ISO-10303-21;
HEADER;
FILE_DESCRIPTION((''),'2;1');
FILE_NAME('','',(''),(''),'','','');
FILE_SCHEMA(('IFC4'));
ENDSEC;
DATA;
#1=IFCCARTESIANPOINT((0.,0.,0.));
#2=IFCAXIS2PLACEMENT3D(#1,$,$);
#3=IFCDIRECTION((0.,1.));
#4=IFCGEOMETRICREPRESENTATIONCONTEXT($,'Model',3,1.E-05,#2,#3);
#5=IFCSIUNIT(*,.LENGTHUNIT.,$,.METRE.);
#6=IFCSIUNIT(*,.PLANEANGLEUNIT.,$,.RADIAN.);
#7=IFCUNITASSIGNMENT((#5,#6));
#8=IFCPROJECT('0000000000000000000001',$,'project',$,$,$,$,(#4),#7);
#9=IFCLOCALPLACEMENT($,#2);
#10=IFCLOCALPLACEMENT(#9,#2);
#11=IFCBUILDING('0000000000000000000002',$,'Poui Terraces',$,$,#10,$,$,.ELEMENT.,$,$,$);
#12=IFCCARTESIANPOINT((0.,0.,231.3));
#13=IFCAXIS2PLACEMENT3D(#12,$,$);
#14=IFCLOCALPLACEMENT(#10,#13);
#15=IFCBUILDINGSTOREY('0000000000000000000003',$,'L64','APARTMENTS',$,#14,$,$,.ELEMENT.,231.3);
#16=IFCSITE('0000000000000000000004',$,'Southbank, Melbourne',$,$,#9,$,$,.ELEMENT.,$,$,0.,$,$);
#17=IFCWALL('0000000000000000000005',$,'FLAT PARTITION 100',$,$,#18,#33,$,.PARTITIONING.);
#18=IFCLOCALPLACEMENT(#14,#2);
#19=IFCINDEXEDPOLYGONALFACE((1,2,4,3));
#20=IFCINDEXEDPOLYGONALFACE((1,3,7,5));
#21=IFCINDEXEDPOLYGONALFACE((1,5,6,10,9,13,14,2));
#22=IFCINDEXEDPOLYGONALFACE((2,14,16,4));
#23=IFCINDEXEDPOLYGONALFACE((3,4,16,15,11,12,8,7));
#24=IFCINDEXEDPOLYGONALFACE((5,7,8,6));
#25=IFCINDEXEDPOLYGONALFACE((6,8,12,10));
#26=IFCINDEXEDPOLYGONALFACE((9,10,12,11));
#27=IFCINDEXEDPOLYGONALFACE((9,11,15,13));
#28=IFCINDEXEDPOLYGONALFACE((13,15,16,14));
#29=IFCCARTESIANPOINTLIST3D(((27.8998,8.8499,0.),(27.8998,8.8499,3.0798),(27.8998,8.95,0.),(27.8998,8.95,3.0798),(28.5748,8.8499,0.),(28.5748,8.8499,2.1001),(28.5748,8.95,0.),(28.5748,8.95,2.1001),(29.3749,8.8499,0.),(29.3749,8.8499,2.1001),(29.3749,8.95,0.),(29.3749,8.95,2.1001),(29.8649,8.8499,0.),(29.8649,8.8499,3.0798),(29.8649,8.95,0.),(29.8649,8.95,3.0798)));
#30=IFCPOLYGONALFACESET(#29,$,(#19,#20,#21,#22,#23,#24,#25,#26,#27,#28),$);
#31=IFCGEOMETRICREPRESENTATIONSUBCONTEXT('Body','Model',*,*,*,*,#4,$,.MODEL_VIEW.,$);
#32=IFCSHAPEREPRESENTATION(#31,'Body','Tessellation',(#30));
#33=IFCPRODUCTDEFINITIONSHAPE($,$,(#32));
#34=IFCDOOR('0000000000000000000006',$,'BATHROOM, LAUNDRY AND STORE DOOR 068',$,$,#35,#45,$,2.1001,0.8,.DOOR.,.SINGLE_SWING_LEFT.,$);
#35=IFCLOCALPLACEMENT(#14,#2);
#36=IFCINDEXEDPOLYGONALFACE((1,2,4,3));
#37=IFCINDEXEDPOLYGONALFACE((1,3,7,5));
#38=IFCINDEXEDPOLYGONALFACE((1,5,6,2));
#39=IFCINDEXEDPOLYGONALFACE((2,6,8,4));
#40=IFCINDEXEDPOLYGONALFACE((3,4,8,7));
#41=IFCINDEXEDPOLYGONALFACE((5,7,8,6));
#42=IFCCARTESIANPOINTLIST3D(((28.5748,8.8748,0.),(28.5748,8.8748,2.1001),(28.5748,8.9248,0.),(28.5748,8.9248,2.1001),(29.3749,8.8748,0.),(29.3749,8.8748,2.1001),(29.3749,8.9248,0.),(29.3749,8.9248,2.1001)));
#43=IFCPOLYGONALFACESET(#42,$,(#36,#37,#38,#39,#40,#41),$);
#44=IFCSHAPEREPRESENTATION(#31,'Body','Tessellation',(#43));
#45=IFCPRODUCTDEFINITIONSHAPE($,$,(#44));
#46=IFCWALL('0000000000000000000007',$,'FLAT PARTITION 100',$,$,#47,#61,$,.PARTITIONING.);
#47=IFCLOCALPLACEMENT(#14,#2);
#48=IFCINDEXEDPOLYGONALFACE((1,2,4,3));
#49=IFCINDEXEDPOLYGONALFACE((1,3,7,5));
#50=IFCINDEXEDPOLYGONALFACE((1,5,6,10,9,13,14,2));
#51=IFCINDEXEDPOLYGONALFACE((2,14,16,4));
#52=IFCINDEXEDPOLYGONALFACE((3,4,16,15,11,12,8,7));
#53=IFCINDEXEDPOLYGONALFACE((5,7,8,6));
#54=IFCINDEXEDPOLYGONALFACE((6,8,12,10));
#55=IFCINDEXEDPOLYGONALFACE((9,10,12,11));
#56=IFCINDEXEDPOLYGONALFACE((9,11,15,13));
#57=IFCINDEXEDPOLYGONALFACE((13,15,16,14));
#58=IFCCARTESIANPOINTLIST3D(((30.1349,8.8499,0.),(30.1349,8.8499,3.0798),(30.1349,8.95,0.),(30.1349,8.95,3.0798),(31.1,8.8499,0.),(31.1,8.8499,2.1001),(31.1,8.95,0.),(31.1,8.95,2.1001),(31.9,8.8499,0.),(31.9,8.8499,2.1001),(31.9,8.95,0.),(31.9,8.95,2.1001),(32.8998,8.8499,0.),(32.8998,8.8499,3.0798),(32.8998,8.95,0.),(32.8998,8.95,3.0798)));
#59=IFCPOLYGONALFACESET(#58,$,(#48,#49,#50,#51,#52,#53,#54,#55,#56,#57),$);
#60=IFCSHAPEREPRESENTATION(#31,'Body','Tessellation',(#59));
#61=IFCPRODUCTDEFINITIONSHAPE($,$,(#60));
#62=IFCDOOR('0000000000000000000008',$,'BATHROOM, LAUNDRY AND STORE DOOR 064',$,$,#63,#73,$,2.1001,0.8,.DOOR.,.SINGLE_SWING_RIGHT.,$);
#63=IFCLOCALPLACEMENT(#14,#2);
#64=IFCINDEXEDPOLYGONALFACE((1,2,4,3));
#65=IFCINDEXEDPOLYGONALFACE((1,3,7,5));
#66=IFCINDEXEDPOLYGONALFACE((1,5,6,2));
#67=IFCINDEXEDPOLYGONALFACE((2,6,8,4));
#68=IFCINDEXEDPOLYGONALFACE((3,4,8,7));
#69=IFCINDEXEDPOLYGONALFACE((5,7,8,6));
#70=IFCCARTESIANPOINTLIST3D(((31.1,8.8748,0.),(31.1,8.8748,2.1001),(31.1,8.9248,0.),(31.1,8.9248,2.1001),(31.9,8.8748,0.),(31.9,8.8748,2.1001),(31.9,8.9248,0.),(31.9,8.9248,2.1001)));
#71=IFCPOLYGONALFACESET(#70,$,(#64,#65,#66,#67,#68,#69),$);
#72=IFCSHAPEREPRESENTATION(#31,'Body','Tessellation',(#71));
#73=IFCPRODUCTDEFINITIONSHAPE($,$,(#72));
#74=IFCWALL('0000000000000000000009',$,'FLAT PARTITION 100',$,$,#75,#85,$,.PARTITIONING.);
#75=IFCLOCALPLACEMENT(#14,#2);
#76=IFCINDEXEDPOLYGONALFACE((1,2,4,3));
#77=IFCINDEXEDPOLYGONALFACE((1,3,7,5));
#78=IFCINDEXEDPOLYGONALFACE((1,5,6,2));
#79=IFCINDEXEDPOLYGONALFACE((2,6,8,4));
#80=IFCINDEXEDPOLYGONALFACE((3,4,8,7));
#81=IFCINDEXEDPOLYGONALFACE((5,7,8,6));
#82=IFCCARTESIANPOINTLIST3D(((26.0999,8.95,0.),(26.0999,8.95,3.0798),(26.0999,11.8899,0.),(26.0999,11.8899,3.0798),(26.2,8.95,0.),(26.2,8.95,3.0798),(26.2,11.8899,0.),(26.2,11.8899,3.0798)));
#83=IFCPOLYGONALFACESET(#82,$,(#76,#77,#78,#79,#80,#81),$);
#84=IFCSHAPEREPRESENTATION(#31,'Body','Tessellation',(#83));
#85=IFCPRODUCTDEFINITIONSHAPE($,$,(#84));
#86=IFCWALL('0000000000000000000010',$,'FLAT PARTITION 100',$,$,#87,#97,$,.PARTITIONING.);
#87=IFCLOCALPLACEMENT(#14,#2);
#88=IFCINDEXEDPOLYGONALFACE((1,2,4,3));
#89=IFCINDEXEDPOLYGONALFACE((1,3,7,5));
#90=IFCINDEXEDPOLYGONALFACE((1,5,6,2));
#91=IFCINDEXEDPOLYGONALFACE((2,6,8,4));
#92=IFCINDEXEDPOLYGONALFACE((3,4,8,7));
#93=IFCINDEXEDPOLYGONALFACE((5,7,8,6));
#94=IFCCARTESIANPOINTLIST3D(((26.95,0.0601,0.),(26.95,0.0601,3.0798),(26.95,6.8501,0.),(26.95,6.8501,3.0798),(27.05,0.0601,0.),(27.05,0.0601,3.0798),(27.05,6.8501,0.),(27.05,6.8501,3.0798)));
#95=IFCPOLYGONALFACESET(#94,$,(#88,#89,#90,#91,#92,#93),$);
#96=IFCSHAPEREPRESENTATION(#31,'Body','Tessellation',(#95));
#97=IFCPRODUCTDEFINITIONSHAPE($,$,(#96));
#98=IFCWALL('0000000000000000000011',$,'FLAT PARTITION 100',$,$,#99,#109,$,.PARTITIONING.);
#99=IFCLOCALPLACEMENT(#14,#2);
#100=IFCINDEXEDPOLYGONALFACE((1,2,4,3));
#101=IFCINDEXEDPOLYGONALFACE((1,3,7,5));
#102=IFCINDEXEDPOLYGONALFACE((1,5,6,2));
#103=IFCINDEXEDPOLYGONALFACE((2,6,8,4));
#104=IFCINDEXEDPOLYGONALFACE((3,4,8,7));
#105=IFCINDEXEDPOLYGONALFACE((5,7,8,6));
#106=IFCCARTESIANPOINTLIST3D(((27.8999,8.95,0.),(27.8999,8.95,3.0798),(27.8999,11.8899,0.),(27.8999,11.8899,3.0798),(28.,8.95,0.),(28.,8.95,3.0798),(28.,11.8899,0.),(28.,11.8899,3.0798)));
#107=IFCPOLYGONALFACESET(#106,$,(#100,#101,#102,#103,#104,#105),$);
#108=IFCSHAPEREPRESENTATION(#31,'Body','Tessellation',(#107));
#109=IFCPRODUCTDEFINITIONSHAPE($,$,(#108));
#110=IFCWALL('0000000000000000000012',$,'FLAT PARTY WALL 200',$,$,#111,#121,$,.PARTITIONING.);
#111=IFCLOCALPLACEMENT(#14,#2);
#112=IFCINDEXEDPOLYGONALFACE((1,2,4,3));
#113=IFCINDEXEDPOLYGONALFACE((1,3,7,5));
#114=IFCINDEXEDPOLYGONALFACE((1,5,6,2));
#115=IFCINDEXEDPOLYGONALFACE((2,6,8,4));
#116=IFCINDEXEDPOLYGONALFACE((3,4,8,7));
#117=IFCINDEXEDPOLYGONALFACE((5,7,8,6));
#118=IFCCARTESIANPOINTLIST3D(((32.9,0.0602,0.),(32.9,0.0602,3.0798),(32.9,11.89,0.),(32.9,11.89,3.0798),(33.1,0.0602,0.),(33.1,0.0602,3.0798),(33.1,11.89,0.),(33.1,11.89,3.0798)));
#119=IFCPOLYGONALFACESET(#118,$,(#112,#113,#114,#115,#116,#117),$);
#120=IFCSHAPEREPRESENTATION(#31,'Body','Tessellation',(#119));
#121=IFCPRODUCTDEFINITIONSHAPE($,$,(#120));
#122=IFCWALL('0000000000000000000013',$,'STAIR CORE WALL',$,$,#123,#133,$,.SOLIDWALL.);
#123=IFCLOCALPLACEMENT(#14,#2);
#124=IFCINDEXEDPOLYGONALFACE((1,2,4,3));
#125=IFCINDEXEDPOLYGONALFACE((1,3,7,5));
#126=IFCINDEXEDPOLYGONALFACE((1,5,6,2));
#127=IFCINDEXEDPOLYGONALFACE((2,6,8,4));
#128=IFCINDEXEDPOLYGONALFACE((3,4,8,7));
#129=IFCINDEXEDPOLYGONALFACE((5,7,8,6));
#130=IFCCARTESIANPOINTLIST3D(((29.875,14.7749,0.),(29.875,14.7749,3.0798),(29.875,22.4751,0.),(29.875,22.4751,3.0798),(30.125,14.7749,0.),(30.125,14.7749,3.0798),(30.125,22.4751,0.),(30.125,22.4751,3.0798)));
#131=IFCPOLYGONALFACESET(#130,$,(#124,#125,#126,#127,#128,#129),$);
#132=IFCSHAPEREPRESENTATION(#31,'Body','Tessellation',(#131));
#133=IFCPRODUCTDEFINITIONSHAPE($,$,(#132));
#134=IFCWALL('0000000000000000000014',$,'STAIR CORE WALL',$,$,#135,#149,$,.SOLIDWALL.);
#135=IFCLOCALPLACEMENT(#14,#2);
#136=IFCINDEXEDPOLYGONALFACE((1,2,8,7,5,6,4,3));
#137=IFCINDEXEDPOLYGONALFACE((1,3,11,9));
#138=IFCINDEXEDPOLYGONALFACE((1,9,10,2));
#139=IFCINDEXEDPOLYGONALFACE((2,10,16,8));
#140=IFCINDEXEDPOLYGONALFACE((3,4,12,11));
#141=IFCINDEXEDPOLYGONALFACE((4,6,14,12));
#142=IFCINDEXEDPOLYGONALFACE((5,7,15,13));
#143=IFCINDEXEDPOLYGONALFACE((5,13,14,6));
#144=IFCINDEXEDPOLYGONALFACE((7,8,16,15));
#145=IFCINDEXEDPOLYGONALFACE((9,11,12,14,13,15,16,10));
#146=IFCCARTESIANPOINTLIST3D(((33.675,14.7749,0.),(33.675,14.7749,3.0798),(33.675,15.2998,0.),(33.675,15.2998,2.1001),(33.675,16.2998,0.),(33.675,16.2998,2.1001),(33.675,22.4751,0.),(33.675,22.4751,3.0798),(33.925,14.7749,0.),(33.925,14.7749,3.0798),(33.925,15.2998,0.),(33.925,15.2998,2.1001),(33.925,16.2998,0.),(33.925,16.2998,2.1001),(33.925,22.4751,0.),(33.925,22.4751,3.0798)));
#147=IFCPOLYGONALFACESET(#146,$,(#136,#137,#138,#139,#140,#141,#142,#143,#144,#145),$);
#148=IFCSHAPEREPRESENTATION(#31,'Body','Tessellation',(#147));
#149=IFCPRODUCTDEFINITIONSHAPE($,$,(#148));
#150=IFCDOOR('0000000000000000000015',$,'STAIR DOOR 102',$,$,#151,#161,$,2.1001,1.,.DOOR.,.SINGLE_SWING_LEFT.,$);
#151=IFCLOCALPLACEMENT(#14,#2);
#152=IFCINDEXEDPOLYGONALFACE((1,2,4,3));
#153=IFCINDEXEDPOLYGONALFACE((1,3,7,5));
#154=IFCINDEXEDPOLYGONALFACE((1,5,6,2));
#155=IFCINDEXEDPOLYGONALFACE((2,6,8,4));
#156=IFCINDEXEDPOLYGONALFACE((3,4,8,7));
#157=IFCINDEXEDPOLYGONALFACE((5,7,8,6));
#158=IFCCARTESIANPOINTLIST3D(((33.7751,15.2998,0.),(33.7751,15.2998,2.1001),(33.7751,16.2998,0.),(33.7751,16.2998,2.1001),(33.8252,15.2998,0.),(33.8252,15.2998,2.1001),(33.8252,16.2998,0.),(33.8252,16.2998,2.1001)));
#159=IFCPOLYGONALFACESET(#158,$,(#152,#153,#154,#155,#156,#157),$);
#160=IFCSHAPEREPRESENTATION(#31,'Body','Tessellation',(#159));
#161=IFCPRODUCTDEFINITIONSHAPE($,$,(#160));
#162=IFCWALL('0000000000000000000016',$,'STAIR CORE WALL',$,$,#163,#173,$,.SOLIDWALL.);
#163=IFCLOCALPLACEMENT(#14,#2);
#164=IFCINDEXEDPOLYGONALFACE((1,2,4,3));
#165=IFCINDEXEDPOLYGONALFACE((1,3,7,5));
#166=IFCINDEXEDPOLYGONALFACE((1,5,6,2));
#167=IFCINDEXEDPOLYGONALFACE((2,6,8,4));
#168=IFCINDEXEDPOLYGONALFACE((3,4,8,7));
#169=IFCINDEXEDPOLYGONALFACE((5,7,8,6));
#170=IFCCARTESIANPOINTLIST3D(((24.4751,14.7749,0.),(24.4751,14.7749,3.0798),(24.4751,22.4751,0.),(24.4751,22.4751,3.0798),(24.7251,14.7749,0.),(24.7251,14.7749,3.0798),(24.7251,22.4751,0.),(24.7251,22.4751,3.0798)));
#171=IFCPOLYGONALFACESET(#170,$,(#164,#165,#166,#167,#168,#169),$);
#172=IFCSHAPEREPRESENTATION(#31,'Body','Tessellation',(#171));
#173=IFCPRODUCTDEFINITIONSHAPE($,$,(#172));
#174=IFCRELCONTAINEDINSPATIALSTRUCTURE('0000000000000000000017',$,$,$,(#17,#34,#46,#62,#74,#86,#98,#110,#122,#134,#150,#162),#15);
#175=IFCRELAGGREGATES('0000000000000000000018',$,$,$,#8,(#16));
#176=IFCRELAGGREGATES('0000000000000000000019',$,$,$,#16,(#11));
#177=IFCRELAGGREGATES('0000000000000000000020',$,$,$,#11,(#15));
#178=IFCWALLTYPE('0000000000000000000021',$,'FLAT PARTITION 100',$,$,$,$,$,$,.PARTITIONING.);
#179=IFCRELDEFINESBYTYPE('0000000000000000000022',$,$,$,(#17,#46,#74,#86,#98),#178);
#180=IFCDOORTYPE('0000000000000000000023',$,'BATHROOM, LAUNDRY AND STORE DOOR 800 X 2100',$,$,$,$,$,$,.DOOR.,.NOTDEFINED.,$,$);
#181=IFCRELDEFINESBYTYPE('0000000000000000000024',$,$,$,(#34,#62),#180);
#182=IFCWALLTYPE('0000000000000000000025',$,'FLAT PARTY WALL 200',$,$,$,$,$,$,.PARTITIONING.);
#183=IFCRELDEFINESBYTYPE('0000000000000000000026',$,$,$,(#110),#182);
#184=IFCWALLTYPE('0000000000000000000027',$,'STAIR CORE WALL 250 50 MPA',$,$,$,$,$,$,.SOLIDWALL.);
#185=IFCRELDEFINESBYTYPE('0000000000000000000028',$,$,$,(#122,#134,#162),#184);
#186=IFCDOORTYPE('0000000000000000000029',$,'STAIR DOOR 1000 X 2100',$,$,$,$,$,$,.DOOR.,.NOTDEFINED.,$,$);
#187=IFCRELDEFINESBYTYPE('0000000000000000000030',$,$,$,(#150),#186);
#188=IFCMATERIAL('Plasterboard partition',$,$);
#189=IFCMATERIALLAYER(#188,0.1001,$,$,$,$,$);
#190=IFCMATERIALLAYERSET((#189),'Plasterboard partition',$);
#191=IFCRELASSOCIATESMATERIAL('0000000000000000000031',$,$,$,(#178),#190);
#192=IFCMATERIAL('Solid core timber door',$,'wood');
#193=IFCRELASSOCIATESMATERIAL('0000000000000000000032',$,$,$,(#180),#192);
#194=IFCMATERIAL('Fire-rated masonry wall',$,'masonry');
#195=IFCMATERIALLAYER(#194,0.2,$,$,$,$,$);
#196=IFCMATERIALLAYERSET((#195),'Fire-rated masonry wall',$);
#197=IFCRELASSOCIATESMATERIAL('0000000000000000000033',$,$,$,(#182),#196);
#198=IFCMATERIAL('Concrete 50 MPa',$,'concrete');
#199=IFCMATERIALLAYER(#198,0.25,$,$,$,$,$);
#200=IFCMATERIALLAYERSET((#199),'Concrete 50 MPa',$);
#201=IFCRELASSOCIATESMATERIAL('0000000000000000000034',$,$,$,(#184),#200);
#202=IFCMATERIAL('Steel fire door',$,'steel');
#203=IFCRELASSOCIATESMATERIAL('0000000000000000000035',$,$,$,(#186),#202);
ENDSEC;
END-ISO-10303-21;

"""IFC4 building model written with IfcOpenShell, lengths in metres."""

from ifc_helpers import new_model, si_unit, direction, frame, frame_2d, origin, place, context, subcontext, project, spatial, rectangle, extrude, material, layer, layer_set, type_object, element, fill, save


model = new_model("IFC4")

# Units and contexts
model_context = context("Model", 3, precision=1e-05, world=origin(), true_north=direction((0.0, 1.0)))
body_context = subcontext(model_context, "Body", "Model", "MODEL_VIEW")
ifc_project = project(units=[si_unit("LENGTHUNIT", "METRE"), si_unit("PLANEANGLEUNIT", "RADIAN")], contexts=[model_context])

# Site, building, storey
site_placement = place(None, origin())
site = spatial("IfcSite", under=ifc_project, at=site_placement, Name="Southbank, Melbourne", CompositionType="ELEMENT", RefElevation=0.0)
building_placement = place(site_placement, origin())
building = spatial("IfcBuilding", under=site, at=building_placement, Name="Poui Terraces", CompositionType="ELEMENT")
storey_placement = place(building_placement, frame((0.0, 0.0, 231.3)))
storey = spatial("IfcBuildingStorey", under=building, at=storey_placement, Name="L64", Description="APARTMENTS", CompositionType="ELEMENT", Elevation=231.3)

# Shared definitions
ifc_material_1 = material(Name="Concrete 50 MPa", Category="concrete")

# Walls, openings, doors
ifc_material_2 = material(Name="Solid core timber door", Category="wood")
ifc_material_3 = material(Name="Plasterboard partition")
ifc_layer_1 = layer(ifc_material_3, 0.1001)
ifc_layer_set_1 = layer_set([ifc_layer_1], Name="Plasterboard partition")
wall_type_1 = type_object("IfcWallType", Name="FLAT PARTITION 100", PredefinedType="PARTITIONING", material=ifc_layer_set_1)
door_type_1 = type_object("IfcDoorType", Name="BATHROOM, LAUNDRY AND STORE DOOR 800 X 2100", OperationType="NOTDEFINED", PredefinedType="DOOR", material=ifc_material_2)
wall_1_placement = place(storey_placement, frame((27.8999, 8.8999, 0.0), z_axis=(0.0, 0.0, 1.0), x_axis=(1.0, 0.0, 0.0)))
wall_1 = element("IfcWall", 1, at=wall_1_placement, inside=storey, type_object=wall_type_1, Name="FLAT PARTITION 100", PredefinedType="PARTITIONING", context=body_context, shape_type="SweptSolid", body=[
    extrude(rectangle(XDim=1.9651, YDim=0.1001, at=frame_2d((0.9824, 0.0))), origin(), (0.0, 0.0, 1.0), 3.0798),
])
opening_1_placement = place(wall_1_placement, frame((0.675, 0.0, 0.0)))
opening_1 = element("IfcOpeningElement", 2, at=opening_1_placement, cuts=wall_1, PredefinedType="OPENING", context=body_context, shape_type="SweptSolid", body=[
    extrude(rectangle(XDim=0.8, YDim=2.1001, at=frame_2d((0.3999, 1.05))), frame((0.0, 0.0601, 0.0), z_axis=(0.0, -1.0, 0.0), x_axis=(1.0, 0.0, 0.0)), (0.0, 0.0, 1.0), 0.1201),
])
door_1_placement = place(opening_1_placement, origin())
door_1 = element("IfcDoor", 3, at=door_1_placement, inside=storey, type_object=door_type_1, Name="BATHROOM, LAUNDRY AND STORE DOOR 068", OperationType="SINGLE_SWING_LEFT", OverallHeight=2.1001, OverallWidth=0.8, PredefinedType="DOOR", context=body_context, shape_type="SweptSolid", body=[
    extrude(rectangle(XDim=0.8, YDim=2.1001, at=frame_2d((0.3999, 1.05))), frame((0.0, 0.0249, 0.0), z_axis=(0.0, -1.0, 0.0), x_axis=(1.0, 0.0, 0.0)), (0.0, 0.0, 1.0), 0.05),
])
fill(opening_1, door_1)
wall_2_placement = place(storey_placement, frame((30.135, 8.8999, 0.0), z_axis=(0.0, 0.0, 1.0), x_axis=(1.0, 0.0, 0.0)))
wall_2 = element("IfcWall", 4, at=wall_2_placement, inside=storey, type_object=wall_type_1, Name="FLAT PARTITION 100", PredefinedType="PARTITIONING", context=body_context, shape_type="SweptSolid", body=[
    extrude(rectangle(XDim=2.7649, YDim=0.1001, at=frame_2d((1.3823, 0.0))), origin(), (0.0, 0.0, 1.0), 3.0798),
])
opening_2_placement = place(wall_2_placement, frame((0.9651, 0.0, 0.0)))
opening_2 = element("IfcOpeningElement", 5, at=opening_2_placement, cuts=wall_2, PredefinedType="OPENING", context=body_context, shape_type="SweptSolid", body=[
    extrude(rectangle(XDim=0.8, YDim=2.1001, at=frame_2d((0.3999, 1.05))), frame((0.0, 0.0601, 0.0), z_axis=(0.0, -1.0, 0.0), x_axis=(1.0, 0.0, 0.0)), (0.0, 0.0, 1.0), 0.1201),
])
door_2_placement = place(opening_2_placement, origin())
door_2 = element("IfcDoor", 6, at=door_2_placement, inside=storey, type_object=door_type_1, Name="BATHROOM, LAUNDRY AND STORE DOOR 064", OperationType="SINGLE_SWING_RIGHT", OverallHeight=2.1001, OverallWidth=0.8, PredefinedType="DOOR", context=body_context, shape_type="SweptSolid", body=[
    extrude(rectangle(XDim=0.8, YDim=2.1001, at=frame_2d((0.3999, 1.05))), frame((0.0, 0.0249, 0.0), z_axis=(0.0, -1.0, 0.0), x_axis=(1.0, 0.0, 0.0)), (0.0, 0.0, 1.0), 0.05),
])
fill(opening_2, door_2)

# Walls
wall_3_placement = place(storey_placement, frame((26.1499, 8.95, 0.0), z_axis=(0.0, 0.0, 1.0), x_axis=(0.0, 1.0, 0.0)))
element("IfcWall", 7, at=wall_3_placement, inside=storey, type_object=wall_type_1, Name="FLAT PARTITION 100", PredefinedType="PARTITIONING", context=body_context, shape_type="SweptSolid", body=[
    extrude(rectangle(XDim=2.9399, YDim=0.1001, at=frame_2d((1.47, 0.0))), origin(), (0.0, 0.0, 1.0), 3.0798),
])
wall_4_placement = place(storey_placement, frame((27.0, 0.0601, 0.0), z_axis=(0.0, 0.0, 1.0), x_axis=(0.0, 1.0, 0.0)))
element("IfcWall", 8, at=wall_4_placement, inside=storey, type_object=wall_type_1, Name="FLAT PARTITION 100", PredefinedType="PARTITIONING", context=body_context, shape_type="SweptSolid", body=[
    extrude(rectangle(XDim=6.79, YDim=0.1001, at=frame_2d((3.395, 0.0))), origin(), (0.0, 0.0, 1.0), 3.0798),
])
wall_5_placement = place(storey_placement, frame((27.95, 8.95, 0.0), z_axis=(0.0, 0.0, 1.0), x_axis=(0.0, 1.0, 0.0)))
element("IfcWall", 9, at=wall_5_placement, inside=storey, type_object=wall_type_1, Name="FLAT PARTITION 100", PredefinedType="PARTITIONING", context=body_context, shape_type="SweptSolid", body=[
    extrude(rectangle(XDim=2.9399, YDim=0.1001, at=frame_2d((1.47, 0.0))), origin(), (0.0, 0.0, 1.0), 3.0798),
])
ifc_material_4 = material(Name="Fire-rated masonry wall", Category="masonry")
ifc_layer_2 = layer(ifc_material_4, 0.2)
ifc_layer_set_2 = layer_set([ifc_layer_2], Name="Fire-rated masonry wall")
wall_type_2 = type_object("IfcWallType", Name="FLAT PARTY WALL 200", PredefinedType="PARTITIONING", material=ifc_layer_set_2)
wall_6_placement = place(storey_placement, frame((33.0, 0.0601, 0.0), z_axis=(0.0, 0.0, 1.0), x_axis=(0.0, 1.0, 0.0)))
element("IfcWall", 10, at=wall_6_placement, inside=storey, type_object=wall_type_2, Name="FLAT PARTY WALL 200", PredefinedType="PARTITIONING", context=body_context, shape_type="SweptSolid", body=[
    extrude(rectangle(XDim=11.8298, YDim=0.2, at=frame_2d((5.915, 0.0))), origin(), (0.0, 0.0, 1.0), 3.0798),
])
ifc_layer_3 = layer(ifc_material_1, 0.25)
ifc_layer_set_3 = layer_set([ifc_layer_3], Name="Concrete 50 MPa")
wall_type_3 = type_object("IfcWallType", Name="STAIR CORE WALL 250 50 MPA", PredefinedType="SOLIDWALL", material=ifc_layer_set_3)
wall_7_placement = place(storey_placement, frame((30.0, 14.7749, 0.0), z_axis=(0.0, 0.0, 1.0), x_axis=(0.0, 1.0, 0.0)))
element("IfcWall", 11, at=wall_7_placement, inside=storey, type_object=wall_type_3, Name="STAIR CORE WALL", PredefinedType="SOLIDWALL", context=body_context, shape_type="SweptSolid", body=[
    extrude(rectangle(XDim=7.7002, YDim=0.25, at=frame_2d((3.8501, 0.0))), origin(), (0.0, 0.0, 1.0), 3.0798),
])

# Wall, opening, door
wall_8_placement = place(storey_placement, frame((33.8, 14.7749, 0.0), z_axis=(0.0, 0.0, 1.0), x_axis=(0.0, 1.0, 0.0)))
wall_8 = element("IfcWall", 12, at=wall_8_placement, inside=storey, type_object=wall_type_3, Name="STAIR CORE WALL", PredefinedType="SOLIDWALL", context=body_context, shape_type="SweptSolid", body=[
    extrude(rectangle(XDim=7.7002, YDim=0.25, at=frame_2d((3.8501, 0.0))), origin(), (0.0, 0.0, 1.0), 3.0798),
])
opening_3_placement = place(wall_8_placement, frame((0.5249, 0.0, 0.0)))
opening_3 = element("IfcOpeningElement", 13, at=opening_3_placement, cuts=wall_8, PredefinedType="OPENING", context=body_context, shape_type="SweptSolid", body=[
    extrude(rectangle(XDim=1.0, YDim=2.1001, at=frame_2d((0.5, 1.05))), frame((0.0, 0.135, 0.0), z_axis=(0.0, -1.0, 0.0), x_axis=(1.0, 0.0, 0.0)), (0.0, 0.0, 1.0), 0.27),
])
ifc_material_5 = material(Name="Steel fire door", Category="steel")
door_type_2 = type_object("IfcDoorType", Name="STAIR DOOR 1000 X 2100", OperationType="NOTDEFINED", PredefinedType="DOOR", material=ifc_material_5)
door_3_placement = place(opening_3_placement, origin())
door_3 = element("IfcDoor", 14, at=door_3_placement, inside=storey, type_object=door_type_2, Name="STAIR DOOR 102", OperationType="SINGLE_SWING_LEFT", OverallHeight=2.1001, OverallWidth=1.0, PredefinedType="DOOR", context=body_context, shape_type="SweptSolid", body=[
    extrude(rectangle(XDim=1.0, YDim=2.1001, at=frame_2d((0.5, 1.05))), frame((0.0, 0.0249, 0.0), z_axis=(0.0, -1.0, 0.0), x_axis=(1.0, 0.0, 0.0)), (0.0, 0.0, 1.0), 0.05),
])
fill(opening_3, door_3)

# Wall
wall_9_placement = place(storey_placement, frame((24.6001, 14.7749, 0.0), z_axis=(0.0, 0.0, 1.0), x_axis=(0.0, 1.0, 0.0)))
element("IfcWall", 15, at=wall_9_placement, inside=storey, type_object=wall_type_3, Name="STAIR CORE WALL", PredefinedType="SOLIDWALL", context=body_context, shape_type="SweptSolid", body=[
    extrude(rectangle(XDim=7.7002, YDim=0.25, at=frame_2d((3.8501, 0.0))), origin(), (0.0, 0.0, 1.0), 3.0798),
])

save(model, "model.ifc")
